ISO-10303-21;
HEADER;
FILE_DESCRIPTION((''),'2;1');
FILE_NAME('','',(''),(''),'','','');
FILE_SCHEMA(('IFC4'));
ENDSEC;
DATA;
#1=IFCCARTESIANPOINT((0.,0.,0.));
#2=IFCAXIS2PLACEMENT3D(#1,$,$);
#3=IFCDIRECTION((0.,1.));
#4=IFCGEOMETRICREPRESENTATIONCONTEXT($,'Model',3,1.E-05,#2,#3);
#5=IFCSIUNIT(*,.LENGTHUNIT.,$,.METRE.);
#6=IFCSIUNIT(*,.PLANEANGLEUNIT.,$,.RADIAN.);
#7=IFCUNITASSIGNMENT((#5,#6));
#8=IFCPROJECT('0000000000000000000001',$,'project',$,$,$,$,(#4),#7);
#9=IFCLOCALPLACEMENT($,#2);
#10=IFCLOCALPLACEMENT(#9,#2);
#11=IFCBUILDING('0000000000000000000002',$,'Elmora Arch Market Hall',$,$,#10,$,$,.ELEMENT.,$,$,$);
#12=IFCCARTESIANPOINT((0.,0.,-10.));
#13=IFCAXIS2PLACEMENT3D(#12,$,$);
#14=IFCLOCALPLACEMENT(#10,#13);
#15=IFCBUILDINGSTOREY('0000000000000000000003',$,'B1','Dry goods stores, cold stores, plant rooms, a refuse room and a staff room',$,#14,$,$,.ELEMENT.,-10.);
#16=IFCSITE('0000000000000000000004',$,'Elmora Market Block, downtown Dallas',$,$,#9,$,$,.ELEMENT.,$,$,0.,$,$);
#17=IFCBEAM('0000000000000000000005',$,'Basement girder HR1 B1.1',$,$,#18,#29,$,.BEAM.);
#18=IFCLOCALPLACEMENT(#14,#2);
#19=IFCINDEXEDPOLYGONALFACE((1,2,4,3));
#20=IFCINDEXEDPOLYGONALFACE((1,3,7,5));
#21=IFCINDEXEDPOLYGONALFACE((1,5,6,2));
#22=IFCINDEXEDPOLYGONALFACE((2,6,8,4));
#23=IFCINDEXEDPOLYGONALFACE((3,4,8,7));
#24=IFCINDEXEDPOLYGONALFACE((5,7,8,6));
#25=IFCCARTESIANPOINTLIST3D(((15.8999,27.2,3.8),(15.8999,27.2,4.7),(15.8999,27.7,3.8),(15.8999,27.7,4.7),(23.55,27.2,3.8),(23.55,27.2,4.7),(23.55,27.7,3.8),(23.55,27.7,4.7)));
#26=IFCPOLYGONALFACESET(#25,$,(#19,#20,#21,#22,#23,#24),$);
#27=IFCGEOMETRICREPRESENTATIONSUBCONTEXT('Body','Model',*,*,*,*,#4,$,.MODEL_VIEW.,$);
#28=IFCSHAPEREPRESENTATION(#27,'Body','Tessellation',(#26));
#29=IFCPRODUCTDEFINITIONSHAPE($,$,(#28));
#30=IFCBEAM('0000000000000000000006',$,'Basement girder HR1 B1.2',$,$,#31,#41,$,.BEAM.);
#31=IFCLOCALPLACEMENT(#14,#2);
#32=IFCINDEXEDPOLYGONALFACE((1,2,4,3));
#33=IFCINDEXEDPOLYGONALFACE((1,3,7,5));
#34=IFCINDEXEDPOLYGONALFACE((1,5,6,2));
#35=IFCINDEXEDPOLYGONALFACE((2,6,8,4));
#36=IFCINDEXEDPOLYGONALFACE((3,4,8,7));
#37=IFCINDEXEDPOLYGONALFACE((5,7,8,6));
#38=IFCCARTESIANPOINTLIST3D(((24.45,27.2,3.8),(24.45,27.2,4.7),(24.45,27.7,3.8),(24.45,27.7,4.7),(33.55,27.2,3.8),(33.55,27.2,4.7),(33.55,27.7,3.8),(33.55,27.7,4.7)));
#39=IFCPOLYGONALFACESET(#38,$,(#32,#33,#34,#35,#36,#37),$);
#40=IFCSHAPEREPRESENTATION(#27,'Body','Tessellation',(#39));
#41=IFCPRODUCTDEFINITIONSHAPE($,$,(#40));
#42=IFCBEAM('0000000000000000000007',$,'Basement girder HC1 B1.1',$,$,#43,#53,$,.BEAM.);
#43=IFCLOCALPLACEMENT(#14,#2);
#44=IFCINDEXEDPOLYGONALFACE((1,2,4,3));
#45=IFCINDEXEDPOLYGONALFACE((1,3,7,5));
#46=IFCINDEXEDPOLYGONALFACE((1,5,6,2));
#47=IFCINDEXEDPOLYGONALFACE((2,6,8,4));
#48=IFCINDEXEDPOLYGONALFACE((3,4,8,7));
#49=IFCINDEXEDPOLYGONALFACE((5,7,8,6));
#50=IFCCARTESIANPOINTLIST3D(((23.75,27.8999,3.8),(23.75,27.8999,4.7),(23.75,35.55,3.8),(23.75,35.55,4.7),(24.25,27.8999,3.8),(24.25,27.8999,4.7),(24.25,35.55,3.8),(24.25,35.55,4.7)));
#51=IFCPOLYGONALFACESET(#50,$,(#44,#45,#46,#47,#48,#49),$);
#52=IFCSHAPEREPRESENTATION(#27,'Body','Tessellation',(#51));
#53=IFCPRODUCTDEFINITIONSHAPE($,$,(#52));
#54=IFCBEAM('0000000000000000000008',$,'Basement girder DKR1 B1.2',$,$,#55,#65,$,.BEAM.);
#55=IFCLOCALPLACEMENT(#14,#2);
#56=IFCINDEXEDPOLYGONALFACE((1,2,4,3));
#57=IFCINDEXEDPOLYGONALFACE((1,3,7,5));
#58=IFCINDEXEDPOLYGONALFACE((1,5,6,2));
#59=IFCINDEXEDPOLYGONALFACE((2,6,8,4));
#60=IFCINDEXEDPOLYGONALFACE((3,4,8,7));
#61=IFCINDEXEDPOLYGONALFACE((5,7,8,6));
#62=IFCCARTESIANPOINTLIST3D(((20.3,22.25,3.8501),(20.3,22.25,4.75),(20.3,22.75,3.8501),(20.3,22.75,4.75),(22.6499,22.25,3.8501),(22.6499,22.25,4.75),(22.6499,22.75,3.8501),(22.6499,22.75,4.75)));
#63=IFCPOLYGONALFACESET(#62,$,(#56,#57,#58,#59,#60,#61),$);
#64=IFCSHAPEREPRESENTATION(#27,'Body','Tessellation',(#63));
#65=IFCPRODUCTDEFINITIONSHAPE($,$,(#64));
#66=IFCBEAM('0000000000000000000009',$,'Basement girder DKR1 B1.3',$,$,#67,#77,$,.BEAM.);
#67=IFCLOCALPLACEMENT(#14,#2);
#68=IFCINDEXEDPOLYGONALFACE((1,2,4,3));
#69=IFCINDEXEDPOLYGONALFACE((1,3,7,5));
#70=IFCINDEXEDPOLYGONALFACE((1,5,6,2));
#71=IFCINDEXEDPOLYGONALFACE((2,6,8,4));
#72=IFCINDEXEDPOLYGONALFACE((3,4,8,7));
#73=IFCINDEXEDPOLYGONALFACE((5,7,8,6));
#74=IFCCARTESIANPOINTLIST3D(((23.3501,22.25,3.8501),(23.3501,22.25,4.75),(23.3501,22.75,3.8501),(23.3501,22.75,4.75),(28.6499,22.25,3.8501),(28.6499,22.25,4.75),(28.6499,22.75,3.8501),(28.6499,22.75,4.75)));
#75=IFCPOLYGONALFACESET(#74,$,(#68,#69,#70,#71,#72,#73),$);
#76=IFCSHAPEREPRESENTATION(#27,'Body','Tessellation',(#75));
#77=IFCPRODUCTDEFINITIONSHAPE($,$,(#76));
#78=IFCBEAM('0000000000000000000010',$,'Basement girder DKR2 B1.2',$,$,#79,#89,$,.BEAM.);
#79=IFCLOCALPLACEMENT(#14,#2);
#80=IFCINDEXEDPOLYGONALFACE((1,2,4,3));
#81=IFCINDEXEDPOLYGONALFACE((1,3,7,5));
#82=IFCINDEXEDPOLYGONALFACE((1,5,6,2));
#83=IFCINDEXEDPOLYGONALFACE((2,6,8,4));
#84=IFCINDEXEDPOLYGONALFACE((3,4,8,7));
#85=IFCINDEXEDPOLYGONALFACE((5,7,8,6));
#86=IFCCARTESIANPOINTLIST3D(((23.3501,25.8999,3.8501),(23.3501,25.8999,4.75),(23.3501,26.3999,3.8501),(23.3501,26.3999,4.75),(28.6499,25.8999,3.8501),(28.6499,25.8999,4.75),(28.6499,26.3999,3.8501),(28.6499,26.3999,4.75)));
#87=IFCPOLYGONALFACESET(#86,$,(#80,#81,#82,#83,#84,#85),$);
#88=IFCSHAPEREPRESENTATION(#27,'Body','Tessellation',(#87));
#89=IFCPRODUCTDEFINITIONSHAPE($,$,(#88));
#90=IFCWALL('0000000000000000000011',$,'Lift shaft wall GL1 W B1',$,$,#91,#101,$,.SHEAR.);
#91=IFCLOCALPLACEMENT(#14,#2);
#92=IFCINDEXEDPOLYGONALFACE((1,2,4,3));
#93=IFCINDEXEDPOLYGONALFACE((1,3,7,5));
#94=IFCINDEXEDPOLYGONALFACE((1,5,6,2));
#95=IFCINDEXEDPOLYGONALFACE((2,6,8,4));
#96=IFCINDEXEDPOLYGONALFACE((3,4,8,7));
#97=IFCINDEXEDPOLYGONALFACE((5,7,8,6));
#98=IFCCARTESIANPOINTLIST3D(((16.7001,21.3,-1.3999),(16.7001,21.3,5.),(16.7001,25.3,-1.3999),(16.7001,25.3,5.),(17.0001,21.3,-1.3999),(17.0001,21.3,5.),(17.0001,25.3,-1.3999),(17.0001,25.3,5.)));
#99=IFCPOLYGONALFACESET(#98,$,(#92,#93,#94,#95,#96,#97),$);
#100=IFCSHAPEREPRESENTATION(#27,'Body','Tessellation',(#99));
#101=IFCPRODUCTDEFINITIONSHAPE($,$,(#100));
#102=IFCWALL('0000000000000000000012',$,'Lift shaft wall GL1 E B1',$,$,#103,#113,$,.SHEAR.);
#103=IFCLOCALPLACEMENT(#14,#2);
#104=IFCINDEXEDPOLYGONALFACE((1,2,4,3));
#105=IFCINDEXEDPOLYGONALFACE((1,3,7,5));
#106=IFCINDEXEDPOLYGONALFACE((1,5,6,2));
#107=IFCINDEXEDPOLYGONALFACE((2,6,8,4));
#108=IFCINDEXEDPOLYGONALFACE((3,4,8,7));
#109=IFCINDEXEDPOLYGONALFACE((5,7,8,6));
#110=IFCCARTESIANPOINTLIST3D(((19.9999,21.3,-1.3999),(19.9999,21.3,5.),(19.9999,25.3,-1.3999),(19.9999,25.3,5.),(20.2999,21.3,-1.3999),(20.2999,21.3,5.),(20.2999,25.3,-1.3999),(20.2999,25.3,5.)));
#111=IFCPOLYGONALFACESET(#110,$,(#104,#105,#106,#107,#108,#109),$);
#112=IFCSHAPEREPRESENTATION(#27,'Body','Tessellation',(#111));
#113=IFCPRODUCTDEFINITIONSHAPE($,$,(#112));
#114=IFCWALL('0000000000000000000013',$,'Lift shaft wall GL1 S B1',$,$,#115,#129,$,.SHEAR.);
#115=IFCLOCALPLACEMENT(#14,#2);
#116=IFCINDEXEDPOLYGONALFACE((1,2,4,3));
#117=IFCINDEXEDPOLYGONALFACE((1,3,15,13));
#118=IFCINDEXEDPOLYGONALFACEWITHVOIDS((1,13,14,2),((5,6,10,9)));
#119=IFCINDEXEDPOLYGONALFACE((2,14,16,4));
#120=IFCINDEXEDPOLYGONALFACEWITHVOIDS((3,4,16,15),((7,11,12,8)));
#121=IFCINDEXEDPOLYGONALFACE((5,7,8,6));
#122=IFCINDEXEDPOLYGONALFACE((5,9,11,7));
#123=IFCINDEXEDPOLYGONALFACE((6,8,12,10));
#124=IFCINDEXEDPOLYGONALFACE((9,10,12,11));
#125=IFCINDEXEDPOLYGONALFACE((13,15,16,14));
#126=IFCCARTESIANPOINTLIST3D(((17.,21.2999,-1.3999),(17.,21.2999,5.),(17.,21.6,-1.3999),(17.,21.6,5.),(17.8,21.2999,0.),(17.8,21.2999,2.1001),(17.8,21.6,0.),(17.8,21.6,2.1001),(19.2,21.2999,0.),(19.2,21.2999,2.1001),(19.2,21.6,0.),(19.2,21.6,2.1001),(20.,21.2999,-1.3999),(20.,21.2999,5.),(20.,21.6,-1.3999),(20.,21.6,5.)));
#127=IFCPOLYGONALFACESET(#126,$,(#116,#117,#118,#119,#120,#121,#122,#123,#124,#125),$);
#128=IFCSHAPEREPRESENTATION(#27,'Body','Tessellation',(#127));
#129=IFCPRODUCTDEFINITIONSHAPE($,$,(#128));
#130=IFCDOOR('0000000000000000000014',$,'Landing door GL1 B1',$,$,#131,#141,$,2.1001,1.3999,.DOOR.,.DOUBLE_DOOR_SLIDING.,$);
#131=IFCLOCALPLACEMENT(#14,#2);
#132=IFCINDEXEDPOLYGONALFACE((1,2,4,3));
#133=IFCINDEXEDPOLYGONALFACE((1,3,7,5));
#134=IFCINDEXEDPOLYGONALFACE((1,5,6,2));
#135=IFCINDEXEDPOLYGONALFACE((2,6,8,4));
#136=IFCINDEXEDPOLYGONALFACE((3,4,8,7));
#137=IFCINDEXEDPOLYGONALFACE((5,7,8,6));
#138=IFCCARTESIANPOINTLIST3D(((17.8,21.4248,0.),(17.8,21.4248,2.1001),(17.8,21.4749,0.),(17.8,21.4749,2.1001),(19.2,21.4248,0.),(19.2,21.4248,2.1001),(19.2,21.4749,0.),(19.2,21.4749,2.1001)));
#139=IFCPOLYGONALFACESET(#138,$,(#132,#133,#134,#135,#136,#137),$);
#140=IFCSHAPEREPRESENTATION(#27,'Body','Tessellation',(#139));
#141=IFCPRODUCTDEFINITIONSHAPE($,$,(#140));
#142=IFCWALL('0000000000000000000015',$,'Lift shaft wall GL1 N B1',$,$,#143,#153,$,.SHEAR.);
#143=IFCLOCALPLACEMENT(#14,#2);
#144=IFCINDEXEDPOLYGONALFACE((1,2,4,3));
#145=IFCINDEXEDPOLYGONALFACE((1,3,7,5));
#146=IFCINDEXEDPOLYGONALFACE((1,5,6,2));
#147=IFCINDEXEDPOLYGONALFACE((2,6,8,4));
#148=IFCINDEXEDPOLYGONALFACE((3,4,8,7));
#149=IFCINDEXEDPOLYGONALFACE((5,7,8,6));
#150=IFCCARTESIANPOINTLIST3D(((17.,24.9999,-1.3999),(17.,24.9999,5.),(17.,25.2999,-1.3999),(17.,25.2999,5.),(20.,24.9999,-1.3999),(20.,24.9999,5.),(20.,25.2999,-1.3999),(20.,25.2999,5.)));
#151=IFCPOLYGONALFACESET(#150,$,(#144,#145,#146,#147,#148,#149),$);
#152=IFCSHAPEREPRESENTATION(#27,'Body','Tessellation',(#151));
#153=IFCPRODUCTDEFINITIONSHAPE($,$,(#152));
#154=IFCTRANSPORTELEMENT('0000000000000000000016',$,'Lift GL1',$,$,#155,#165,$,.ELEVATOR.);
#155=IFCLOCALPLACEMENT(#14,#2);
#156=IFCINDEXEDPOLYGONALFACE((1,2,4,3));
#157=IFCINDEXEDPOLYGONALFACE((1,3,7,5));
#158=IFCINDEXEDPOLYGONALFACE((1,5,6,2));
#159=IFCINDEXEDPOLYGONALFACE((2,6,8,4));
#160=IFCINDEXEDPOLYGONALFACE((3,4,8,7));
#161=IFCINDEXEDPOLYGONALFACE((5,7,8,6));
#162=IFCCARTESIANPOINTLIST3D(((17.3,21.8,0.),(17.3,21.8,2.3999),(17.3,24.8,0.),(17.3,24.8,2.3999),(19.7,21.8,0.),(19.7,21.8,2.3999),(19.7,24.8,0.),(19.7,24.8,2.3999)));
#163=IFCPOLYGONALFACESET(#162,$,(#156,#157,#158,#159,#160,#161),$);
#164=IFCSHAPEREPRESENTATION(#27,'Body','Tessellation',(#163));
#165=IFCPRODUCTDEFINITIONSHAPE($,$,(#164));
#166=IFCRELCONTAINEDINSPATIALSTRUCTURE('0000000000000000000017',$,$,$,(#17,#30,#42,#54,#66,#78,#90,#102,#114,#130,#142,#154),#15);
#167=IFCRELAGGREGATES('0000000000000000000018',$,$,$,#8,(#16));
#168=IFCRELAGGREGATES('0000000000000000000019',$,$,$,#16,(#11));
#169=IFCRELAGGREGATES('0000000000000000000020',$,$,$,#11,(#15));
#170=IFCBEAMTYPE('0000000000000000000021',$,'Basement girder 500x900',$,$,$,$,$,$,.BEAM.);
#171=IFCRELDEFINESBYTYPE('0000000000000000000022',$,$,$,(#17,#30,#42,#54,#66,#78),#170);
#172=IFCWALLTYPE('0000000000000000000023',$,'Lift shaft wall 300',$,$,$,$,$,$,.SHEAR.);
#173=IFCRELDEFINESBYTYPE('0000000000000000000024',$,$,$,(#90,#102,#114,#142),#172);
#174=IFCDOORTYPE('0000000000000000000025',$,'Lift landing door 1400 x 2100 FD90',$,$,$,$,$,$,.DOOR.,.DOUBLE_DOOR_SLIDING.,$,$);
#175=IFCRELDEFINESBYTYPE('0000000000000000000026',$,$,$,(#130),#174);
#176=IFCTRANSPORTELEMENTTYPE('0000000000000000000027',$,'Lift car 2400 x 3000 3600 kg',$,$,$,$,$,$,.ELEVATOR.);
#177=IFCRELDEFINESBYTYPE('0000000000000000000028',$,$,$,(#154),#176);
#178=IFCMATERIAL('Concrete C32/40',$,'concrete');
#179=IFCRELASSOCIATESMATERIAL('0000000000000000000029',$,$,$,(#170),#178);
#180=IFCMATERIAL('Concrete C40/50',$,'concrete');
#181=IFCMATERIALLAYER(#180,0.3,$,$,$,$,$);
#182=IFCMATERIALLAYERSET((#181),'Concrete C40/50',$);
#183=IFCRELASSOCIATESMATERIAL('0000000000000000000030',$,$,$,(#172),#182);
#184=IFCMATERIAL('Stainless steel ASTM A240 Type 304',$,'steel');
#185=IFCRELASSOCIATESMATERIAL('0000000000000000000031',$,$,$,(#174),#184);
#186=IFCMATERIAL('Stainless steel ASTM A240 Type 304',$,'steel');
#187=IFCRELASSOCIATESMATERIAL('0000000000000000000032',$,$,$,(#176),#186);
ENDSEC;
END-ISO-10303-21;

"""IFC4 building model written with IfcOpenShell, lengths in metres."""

from ifc_helpers import new_model, si_unit, direction, frame, frame_2d, origin, origin_2d, place, context, subcontext, project, spatial, rectangle, extrude, material, layer, layer_set, material_profile, profile_set, type_object, element, fill, save


model = new_model("IFC4")

# Units and contexts
model_context = context("Model", 3, precision=1e-05, world=origin(), true_north=direction((0.0, 1.0)))
body_context = subcontext(model_context, "Body", "Model", "MODEL_VIEW")
ifc_project = project(units=[si_unit("LENGTHUNIT", "METRE"), si_unit("PLANEANGLEUNIT", "RADIAN")], contexts=[model_context])

# Site, building, storey
site_placement = place(None, origin())
site = spatial("IfcSite", under=ifc_project, at=site_placement, Name="Elmora Market Block, downtown Dallas", CompositionType="ELEMENT", RefElevation=0.0)
building_placement = place(site_placement, origin())
building = spatial("IfcBuilding", under=site, at=building_placement, Name="Elmora Arch Market Hall", CompositionType="ELEMENT")
storey_placement = place(building_placement, frame((0.0, 0.0, -10.0)))
storey = spatial("IfcBuildingStorey", under=building, at=storey_placement, Name="B1", Description="Dry goods stores, cold stores, plant rooms, a refuse room and a staff room", CompositionType="ELEMENT", Elevation=-10.0)

# Beams
ifc_material_1 = material(Name="Concrete C32/40", Category="concrete")
ifc_material_profile_1 = material_profile(ifc_material_1, rectangle(XDim=0.5, YDim=0.8999, at=origin_2d()), Name="Basement girder 500x900")
ifc_profile_set_1 = profile_set([ifc_material_profile_1], Name="Concrete C32/40")
beam_type = type_object("IfcBeamType", Name="Basement girder 500x900", PredefinedType="BEAM", material=ifc_profile_set_1)
beam_1_placement = place(storey_placement, frame((15.8999, 27.45, 4.25), z_axis=(1.0, 0.0, 0.0), x_axis=(0.0, 1.0, 0.0)))
element("IfcBeam", 1, at=beam_1_placement, inside=storey, type_object=beam_type, Name="Basement girder HR1 B1.1", PredefinedType="BEAM", context=body_context, shape_type="SweptSolid", body=[
    extrude(rectangle(XDim=0.5, YDim=0.8999, at=origin_2d()), origin(), (0.0, 0.0, 1.0), 7.6501),
])
beam_2_placement = place(storey_placement, frame((24.45, 27.45, 4.25), z_axis=(1.0, 0.0, 0.0), x_axis=(0.0, 1.0, 0.0)))
element("IfcBeam", 2, at=beam_2_placement, inside=storey, type_object=beam_type, Name="Basement girder HR1 B1.2", PredefinedType="BEAM", context=body_context, shape_type="SweptSolid", body=[
    extrude(rectangle(XDim=0.5, YDim=0.8999, at=origin_2d()), origin(), (0.0, 0.0, 1.0), 9.1001),
])
beam_3_placement = place(storey_placement, frame((24.0, 27.8999, 4.25), z_axis=(0.0, 1.0, 0.0), x_axis=(-1.0, 0.0, 0.0)))
element("IfcBeam", 3, at=beam_3_placement, inside=storey, type_object=beam_type, Name="Basement girder HC1 B1.1", PredefinedType="BEAM", context=body_context, shape_type="SweptSolid", body=[
    extrude(rectangle(XDim=0.5, YDim=0.8999, at=origin_2d()), origin(), (0.0, 0.0, 1.0), 7.6501),
])
beam_4_placement = place(storey_placement, frame((20.3, 22.5, 4.3), z_axis=(1.0, 0.0, 0.0), x_axis=(0.0, 1.0, 0.0)))
element("IfcBeam", 4, at=beam_4_placement, inside=storey, type_object=beam_type, Name="Basement girder DKR1 B1.2", PredefinedType="BEAM", context=body_context, shape_type="SweptSolid", body=[
    extrude(rectangle(XDim=0.5, YDim=0.8999, at=origin_2d()), origin(), (0.0, 0.0, 1.0), 2.3499),
])
for number, where, z_axis, x_axis, name in (
    (5, (23.3501, 22.5, 4.3), (1.0, 0.0, 0.0), (0.0, 1.0, 0.0), "Basement girder DKR1 B1.3"),
    (6, (23.3501, 26.1499, 4.3), (1.0, 0.0, 0.0), (0.0, 1.0, 0.0), "Basement girder DKR2 B1.2"),
):
    element("IfcBeam", number, at=place(storey_placement, frame(where, z_axis=z_axis, x_axis=x_axis)), inside=storey, type_object=beam_type, Name=name, PredefinedType="BEAM", context=body_context, shape_type="SweptSolid", body=[
        extrude(rectangle(XDim=0.5, YDim=0.8999, at=origin_2d()), origin(), (0.0, 0.0, 1.0), 5.2998),
    ])

# Walls
ifc_material_2 = material(Name="Concrete C40/50", Category="concrete")
ifc_layer = layer(ifc_material_2, 0.3)
ifc_layer_set = layer_set([ifc_layer], Name="Concrete C40/50")
wall_type = type_object("IfcWallType", Name="Lift shaft wall 300", PredefinedType="SHEAR", material=ifc_layer_set)
for number, where, z_axis, x_axis, name in (
    (7, (16.8501, 21.3, -1.3999), (0.0, 0.0, 1.0), (0.0, 1.0, 0.0), "Lift shaft wall GL1 W B1"),
    (8, (20.1499, 21.3, -1.3999), (0.0, 0.0, 1.0), (0.0, 1.0, 0.0), "Lift shaft wall GL1 E B1"),
):
    element("IfcWall", number, at=place(storey_placement, frame(where, z_axis=z_axis, x_axis=x_axis)), inside=storey, type_object=wall_type, Name=name, PredefinedType="SHEAR", context=body_context, shape_type="SweptSolid", body=[
        extrude(rectangle(XDim=4.0, YDim=0.3, at=frame_2d((2.0, 0.0))), origin(), (0.0, 0.0, 1.0), 6.3999),
    ])

# Wall, opening, door
wall_1_placement = place(storey_placement, frame((17.0, 21.45, -1.3999), z_axis=(0.0, 0.0, 1.0), x_axis=(1.0, 0.0, 0.0)))
wall_1 = element("IfcWall", 9, at=wall_1_placement, inside=storey, type_object=wall_type, Name="Lift shaft wall GL1 S B1", PredefinedType="SHEAR", context=body_context, shape_type="SweptSolid", body=[
    extrude(rectangle(XDim=3.0, YDim=0.3, at=frame_2d((1.5, 0.0))), origin(), (0.0, 0.0, 1.0), 6.3999),
])
opening_placement = place(wall_1_placement, frame((0.8, 0.0, 1.3999)))
opening = element("IfcOpeningElement", 10, at=opening_placement, cuts=wall_1, PredefinedType="OPENING", context=body_context, shape_type="SweptSolid", body=[
    extrude(rectangle(XDim=1.3999, YDim=2.1001, at=frame_2d((0.7, 1.05))), frame((0.0, 0.1599, 0.0), z_axis=(0.0, -1.0, 0.0), x_axis=(1.0, 0.0, 0.0)), (0.0, 0.0, 1.0), 0.3201),
])
ifc_material_3 = material(Name="Stainless steel ASTM A240 Type 304", Category="steel")
door_type = type_object("IfcDoorType", Name="Lift landing door 1400 x 2100 FD90", OperationType="DOUBLE_DOOR_SLIDING", PredefinedType="DOOR", material=ifc_material_3)
door_placement = place(opening_placement, origin())
door = element("IfcDoor", 11, at=door_placement, inside=storey, type_object=door_type, Name="Landing door GL1 B1", OperationType="DOUBLE_DOOR_SLIDING", OverallHeight=2.1001, OverallWidth=1.3999, PredefinedType="DOOR", context=body_context, shape_type="SweptSolid", body=[
    extrude(rectangle(XDim=1.3999, YDim=2.1001, at=frame_2d((0.7, 1.05))), frame((0.0, 0.0249, 0.0), z_axis=(0.0, -1.0, 0.0), x_axis=(1.0, 0.0, 0.0)), (0.0, 0.0, 1.0), 0.05),
])
fill(opening, door)

# Wall
wall_2_placement = place(storey_placement, frame((17.0, 25.1499, -1.3999), z_axis=(0.0, 0.0, 1.0), x_axis=(1.0, 0.0, 0.0)))
element("IfcWall", 12, at=wall_2_placement, inside=storey, type_object=wall_type, Name="Lift shaft wall GL1 N B1", PredefinedType="SHEAR", context=body_context, shape_type="SweptSolid", body=[
    extrude(rectangle(XDim=3.0, YDim=0.3, at=frame_2d((1.5, 0.0))), origin(), (0.0, 0.0, 1.0), 6.3999),
])

# Transport element
ifc_material_4 = material(Name="Stainless steel ASTM A240 Type 304", Category="steel")
transport_element_type = type_object("IfcTransportElementType", Name="Lift car 2400 x 3000 3600 kg", PredefinedType="ELEVATOR", material=ifc_material_4)
transport_element_placement = place(storey_placement, frame((18.5, 23.3, 0.0), z_axis=(0.0, 0.0, 1.0), x_axis=(1.0, 0.0, 0.0)))
element("IfcTransportElement", 13, at=transport_element_placement, inside=storey, type_object=transport_element_type, Name="Lift GL1", PredefinedType="ELEVATOR", context=body_context, shape_type="SweptSolid", body=[
    extrude(rectangle(XDim=2.3999, YDim=3.0, at=origin_2d()), origin(), (0.0, 0.0, 1.0), 2.3999),
])

save(model, "model.ifc")
